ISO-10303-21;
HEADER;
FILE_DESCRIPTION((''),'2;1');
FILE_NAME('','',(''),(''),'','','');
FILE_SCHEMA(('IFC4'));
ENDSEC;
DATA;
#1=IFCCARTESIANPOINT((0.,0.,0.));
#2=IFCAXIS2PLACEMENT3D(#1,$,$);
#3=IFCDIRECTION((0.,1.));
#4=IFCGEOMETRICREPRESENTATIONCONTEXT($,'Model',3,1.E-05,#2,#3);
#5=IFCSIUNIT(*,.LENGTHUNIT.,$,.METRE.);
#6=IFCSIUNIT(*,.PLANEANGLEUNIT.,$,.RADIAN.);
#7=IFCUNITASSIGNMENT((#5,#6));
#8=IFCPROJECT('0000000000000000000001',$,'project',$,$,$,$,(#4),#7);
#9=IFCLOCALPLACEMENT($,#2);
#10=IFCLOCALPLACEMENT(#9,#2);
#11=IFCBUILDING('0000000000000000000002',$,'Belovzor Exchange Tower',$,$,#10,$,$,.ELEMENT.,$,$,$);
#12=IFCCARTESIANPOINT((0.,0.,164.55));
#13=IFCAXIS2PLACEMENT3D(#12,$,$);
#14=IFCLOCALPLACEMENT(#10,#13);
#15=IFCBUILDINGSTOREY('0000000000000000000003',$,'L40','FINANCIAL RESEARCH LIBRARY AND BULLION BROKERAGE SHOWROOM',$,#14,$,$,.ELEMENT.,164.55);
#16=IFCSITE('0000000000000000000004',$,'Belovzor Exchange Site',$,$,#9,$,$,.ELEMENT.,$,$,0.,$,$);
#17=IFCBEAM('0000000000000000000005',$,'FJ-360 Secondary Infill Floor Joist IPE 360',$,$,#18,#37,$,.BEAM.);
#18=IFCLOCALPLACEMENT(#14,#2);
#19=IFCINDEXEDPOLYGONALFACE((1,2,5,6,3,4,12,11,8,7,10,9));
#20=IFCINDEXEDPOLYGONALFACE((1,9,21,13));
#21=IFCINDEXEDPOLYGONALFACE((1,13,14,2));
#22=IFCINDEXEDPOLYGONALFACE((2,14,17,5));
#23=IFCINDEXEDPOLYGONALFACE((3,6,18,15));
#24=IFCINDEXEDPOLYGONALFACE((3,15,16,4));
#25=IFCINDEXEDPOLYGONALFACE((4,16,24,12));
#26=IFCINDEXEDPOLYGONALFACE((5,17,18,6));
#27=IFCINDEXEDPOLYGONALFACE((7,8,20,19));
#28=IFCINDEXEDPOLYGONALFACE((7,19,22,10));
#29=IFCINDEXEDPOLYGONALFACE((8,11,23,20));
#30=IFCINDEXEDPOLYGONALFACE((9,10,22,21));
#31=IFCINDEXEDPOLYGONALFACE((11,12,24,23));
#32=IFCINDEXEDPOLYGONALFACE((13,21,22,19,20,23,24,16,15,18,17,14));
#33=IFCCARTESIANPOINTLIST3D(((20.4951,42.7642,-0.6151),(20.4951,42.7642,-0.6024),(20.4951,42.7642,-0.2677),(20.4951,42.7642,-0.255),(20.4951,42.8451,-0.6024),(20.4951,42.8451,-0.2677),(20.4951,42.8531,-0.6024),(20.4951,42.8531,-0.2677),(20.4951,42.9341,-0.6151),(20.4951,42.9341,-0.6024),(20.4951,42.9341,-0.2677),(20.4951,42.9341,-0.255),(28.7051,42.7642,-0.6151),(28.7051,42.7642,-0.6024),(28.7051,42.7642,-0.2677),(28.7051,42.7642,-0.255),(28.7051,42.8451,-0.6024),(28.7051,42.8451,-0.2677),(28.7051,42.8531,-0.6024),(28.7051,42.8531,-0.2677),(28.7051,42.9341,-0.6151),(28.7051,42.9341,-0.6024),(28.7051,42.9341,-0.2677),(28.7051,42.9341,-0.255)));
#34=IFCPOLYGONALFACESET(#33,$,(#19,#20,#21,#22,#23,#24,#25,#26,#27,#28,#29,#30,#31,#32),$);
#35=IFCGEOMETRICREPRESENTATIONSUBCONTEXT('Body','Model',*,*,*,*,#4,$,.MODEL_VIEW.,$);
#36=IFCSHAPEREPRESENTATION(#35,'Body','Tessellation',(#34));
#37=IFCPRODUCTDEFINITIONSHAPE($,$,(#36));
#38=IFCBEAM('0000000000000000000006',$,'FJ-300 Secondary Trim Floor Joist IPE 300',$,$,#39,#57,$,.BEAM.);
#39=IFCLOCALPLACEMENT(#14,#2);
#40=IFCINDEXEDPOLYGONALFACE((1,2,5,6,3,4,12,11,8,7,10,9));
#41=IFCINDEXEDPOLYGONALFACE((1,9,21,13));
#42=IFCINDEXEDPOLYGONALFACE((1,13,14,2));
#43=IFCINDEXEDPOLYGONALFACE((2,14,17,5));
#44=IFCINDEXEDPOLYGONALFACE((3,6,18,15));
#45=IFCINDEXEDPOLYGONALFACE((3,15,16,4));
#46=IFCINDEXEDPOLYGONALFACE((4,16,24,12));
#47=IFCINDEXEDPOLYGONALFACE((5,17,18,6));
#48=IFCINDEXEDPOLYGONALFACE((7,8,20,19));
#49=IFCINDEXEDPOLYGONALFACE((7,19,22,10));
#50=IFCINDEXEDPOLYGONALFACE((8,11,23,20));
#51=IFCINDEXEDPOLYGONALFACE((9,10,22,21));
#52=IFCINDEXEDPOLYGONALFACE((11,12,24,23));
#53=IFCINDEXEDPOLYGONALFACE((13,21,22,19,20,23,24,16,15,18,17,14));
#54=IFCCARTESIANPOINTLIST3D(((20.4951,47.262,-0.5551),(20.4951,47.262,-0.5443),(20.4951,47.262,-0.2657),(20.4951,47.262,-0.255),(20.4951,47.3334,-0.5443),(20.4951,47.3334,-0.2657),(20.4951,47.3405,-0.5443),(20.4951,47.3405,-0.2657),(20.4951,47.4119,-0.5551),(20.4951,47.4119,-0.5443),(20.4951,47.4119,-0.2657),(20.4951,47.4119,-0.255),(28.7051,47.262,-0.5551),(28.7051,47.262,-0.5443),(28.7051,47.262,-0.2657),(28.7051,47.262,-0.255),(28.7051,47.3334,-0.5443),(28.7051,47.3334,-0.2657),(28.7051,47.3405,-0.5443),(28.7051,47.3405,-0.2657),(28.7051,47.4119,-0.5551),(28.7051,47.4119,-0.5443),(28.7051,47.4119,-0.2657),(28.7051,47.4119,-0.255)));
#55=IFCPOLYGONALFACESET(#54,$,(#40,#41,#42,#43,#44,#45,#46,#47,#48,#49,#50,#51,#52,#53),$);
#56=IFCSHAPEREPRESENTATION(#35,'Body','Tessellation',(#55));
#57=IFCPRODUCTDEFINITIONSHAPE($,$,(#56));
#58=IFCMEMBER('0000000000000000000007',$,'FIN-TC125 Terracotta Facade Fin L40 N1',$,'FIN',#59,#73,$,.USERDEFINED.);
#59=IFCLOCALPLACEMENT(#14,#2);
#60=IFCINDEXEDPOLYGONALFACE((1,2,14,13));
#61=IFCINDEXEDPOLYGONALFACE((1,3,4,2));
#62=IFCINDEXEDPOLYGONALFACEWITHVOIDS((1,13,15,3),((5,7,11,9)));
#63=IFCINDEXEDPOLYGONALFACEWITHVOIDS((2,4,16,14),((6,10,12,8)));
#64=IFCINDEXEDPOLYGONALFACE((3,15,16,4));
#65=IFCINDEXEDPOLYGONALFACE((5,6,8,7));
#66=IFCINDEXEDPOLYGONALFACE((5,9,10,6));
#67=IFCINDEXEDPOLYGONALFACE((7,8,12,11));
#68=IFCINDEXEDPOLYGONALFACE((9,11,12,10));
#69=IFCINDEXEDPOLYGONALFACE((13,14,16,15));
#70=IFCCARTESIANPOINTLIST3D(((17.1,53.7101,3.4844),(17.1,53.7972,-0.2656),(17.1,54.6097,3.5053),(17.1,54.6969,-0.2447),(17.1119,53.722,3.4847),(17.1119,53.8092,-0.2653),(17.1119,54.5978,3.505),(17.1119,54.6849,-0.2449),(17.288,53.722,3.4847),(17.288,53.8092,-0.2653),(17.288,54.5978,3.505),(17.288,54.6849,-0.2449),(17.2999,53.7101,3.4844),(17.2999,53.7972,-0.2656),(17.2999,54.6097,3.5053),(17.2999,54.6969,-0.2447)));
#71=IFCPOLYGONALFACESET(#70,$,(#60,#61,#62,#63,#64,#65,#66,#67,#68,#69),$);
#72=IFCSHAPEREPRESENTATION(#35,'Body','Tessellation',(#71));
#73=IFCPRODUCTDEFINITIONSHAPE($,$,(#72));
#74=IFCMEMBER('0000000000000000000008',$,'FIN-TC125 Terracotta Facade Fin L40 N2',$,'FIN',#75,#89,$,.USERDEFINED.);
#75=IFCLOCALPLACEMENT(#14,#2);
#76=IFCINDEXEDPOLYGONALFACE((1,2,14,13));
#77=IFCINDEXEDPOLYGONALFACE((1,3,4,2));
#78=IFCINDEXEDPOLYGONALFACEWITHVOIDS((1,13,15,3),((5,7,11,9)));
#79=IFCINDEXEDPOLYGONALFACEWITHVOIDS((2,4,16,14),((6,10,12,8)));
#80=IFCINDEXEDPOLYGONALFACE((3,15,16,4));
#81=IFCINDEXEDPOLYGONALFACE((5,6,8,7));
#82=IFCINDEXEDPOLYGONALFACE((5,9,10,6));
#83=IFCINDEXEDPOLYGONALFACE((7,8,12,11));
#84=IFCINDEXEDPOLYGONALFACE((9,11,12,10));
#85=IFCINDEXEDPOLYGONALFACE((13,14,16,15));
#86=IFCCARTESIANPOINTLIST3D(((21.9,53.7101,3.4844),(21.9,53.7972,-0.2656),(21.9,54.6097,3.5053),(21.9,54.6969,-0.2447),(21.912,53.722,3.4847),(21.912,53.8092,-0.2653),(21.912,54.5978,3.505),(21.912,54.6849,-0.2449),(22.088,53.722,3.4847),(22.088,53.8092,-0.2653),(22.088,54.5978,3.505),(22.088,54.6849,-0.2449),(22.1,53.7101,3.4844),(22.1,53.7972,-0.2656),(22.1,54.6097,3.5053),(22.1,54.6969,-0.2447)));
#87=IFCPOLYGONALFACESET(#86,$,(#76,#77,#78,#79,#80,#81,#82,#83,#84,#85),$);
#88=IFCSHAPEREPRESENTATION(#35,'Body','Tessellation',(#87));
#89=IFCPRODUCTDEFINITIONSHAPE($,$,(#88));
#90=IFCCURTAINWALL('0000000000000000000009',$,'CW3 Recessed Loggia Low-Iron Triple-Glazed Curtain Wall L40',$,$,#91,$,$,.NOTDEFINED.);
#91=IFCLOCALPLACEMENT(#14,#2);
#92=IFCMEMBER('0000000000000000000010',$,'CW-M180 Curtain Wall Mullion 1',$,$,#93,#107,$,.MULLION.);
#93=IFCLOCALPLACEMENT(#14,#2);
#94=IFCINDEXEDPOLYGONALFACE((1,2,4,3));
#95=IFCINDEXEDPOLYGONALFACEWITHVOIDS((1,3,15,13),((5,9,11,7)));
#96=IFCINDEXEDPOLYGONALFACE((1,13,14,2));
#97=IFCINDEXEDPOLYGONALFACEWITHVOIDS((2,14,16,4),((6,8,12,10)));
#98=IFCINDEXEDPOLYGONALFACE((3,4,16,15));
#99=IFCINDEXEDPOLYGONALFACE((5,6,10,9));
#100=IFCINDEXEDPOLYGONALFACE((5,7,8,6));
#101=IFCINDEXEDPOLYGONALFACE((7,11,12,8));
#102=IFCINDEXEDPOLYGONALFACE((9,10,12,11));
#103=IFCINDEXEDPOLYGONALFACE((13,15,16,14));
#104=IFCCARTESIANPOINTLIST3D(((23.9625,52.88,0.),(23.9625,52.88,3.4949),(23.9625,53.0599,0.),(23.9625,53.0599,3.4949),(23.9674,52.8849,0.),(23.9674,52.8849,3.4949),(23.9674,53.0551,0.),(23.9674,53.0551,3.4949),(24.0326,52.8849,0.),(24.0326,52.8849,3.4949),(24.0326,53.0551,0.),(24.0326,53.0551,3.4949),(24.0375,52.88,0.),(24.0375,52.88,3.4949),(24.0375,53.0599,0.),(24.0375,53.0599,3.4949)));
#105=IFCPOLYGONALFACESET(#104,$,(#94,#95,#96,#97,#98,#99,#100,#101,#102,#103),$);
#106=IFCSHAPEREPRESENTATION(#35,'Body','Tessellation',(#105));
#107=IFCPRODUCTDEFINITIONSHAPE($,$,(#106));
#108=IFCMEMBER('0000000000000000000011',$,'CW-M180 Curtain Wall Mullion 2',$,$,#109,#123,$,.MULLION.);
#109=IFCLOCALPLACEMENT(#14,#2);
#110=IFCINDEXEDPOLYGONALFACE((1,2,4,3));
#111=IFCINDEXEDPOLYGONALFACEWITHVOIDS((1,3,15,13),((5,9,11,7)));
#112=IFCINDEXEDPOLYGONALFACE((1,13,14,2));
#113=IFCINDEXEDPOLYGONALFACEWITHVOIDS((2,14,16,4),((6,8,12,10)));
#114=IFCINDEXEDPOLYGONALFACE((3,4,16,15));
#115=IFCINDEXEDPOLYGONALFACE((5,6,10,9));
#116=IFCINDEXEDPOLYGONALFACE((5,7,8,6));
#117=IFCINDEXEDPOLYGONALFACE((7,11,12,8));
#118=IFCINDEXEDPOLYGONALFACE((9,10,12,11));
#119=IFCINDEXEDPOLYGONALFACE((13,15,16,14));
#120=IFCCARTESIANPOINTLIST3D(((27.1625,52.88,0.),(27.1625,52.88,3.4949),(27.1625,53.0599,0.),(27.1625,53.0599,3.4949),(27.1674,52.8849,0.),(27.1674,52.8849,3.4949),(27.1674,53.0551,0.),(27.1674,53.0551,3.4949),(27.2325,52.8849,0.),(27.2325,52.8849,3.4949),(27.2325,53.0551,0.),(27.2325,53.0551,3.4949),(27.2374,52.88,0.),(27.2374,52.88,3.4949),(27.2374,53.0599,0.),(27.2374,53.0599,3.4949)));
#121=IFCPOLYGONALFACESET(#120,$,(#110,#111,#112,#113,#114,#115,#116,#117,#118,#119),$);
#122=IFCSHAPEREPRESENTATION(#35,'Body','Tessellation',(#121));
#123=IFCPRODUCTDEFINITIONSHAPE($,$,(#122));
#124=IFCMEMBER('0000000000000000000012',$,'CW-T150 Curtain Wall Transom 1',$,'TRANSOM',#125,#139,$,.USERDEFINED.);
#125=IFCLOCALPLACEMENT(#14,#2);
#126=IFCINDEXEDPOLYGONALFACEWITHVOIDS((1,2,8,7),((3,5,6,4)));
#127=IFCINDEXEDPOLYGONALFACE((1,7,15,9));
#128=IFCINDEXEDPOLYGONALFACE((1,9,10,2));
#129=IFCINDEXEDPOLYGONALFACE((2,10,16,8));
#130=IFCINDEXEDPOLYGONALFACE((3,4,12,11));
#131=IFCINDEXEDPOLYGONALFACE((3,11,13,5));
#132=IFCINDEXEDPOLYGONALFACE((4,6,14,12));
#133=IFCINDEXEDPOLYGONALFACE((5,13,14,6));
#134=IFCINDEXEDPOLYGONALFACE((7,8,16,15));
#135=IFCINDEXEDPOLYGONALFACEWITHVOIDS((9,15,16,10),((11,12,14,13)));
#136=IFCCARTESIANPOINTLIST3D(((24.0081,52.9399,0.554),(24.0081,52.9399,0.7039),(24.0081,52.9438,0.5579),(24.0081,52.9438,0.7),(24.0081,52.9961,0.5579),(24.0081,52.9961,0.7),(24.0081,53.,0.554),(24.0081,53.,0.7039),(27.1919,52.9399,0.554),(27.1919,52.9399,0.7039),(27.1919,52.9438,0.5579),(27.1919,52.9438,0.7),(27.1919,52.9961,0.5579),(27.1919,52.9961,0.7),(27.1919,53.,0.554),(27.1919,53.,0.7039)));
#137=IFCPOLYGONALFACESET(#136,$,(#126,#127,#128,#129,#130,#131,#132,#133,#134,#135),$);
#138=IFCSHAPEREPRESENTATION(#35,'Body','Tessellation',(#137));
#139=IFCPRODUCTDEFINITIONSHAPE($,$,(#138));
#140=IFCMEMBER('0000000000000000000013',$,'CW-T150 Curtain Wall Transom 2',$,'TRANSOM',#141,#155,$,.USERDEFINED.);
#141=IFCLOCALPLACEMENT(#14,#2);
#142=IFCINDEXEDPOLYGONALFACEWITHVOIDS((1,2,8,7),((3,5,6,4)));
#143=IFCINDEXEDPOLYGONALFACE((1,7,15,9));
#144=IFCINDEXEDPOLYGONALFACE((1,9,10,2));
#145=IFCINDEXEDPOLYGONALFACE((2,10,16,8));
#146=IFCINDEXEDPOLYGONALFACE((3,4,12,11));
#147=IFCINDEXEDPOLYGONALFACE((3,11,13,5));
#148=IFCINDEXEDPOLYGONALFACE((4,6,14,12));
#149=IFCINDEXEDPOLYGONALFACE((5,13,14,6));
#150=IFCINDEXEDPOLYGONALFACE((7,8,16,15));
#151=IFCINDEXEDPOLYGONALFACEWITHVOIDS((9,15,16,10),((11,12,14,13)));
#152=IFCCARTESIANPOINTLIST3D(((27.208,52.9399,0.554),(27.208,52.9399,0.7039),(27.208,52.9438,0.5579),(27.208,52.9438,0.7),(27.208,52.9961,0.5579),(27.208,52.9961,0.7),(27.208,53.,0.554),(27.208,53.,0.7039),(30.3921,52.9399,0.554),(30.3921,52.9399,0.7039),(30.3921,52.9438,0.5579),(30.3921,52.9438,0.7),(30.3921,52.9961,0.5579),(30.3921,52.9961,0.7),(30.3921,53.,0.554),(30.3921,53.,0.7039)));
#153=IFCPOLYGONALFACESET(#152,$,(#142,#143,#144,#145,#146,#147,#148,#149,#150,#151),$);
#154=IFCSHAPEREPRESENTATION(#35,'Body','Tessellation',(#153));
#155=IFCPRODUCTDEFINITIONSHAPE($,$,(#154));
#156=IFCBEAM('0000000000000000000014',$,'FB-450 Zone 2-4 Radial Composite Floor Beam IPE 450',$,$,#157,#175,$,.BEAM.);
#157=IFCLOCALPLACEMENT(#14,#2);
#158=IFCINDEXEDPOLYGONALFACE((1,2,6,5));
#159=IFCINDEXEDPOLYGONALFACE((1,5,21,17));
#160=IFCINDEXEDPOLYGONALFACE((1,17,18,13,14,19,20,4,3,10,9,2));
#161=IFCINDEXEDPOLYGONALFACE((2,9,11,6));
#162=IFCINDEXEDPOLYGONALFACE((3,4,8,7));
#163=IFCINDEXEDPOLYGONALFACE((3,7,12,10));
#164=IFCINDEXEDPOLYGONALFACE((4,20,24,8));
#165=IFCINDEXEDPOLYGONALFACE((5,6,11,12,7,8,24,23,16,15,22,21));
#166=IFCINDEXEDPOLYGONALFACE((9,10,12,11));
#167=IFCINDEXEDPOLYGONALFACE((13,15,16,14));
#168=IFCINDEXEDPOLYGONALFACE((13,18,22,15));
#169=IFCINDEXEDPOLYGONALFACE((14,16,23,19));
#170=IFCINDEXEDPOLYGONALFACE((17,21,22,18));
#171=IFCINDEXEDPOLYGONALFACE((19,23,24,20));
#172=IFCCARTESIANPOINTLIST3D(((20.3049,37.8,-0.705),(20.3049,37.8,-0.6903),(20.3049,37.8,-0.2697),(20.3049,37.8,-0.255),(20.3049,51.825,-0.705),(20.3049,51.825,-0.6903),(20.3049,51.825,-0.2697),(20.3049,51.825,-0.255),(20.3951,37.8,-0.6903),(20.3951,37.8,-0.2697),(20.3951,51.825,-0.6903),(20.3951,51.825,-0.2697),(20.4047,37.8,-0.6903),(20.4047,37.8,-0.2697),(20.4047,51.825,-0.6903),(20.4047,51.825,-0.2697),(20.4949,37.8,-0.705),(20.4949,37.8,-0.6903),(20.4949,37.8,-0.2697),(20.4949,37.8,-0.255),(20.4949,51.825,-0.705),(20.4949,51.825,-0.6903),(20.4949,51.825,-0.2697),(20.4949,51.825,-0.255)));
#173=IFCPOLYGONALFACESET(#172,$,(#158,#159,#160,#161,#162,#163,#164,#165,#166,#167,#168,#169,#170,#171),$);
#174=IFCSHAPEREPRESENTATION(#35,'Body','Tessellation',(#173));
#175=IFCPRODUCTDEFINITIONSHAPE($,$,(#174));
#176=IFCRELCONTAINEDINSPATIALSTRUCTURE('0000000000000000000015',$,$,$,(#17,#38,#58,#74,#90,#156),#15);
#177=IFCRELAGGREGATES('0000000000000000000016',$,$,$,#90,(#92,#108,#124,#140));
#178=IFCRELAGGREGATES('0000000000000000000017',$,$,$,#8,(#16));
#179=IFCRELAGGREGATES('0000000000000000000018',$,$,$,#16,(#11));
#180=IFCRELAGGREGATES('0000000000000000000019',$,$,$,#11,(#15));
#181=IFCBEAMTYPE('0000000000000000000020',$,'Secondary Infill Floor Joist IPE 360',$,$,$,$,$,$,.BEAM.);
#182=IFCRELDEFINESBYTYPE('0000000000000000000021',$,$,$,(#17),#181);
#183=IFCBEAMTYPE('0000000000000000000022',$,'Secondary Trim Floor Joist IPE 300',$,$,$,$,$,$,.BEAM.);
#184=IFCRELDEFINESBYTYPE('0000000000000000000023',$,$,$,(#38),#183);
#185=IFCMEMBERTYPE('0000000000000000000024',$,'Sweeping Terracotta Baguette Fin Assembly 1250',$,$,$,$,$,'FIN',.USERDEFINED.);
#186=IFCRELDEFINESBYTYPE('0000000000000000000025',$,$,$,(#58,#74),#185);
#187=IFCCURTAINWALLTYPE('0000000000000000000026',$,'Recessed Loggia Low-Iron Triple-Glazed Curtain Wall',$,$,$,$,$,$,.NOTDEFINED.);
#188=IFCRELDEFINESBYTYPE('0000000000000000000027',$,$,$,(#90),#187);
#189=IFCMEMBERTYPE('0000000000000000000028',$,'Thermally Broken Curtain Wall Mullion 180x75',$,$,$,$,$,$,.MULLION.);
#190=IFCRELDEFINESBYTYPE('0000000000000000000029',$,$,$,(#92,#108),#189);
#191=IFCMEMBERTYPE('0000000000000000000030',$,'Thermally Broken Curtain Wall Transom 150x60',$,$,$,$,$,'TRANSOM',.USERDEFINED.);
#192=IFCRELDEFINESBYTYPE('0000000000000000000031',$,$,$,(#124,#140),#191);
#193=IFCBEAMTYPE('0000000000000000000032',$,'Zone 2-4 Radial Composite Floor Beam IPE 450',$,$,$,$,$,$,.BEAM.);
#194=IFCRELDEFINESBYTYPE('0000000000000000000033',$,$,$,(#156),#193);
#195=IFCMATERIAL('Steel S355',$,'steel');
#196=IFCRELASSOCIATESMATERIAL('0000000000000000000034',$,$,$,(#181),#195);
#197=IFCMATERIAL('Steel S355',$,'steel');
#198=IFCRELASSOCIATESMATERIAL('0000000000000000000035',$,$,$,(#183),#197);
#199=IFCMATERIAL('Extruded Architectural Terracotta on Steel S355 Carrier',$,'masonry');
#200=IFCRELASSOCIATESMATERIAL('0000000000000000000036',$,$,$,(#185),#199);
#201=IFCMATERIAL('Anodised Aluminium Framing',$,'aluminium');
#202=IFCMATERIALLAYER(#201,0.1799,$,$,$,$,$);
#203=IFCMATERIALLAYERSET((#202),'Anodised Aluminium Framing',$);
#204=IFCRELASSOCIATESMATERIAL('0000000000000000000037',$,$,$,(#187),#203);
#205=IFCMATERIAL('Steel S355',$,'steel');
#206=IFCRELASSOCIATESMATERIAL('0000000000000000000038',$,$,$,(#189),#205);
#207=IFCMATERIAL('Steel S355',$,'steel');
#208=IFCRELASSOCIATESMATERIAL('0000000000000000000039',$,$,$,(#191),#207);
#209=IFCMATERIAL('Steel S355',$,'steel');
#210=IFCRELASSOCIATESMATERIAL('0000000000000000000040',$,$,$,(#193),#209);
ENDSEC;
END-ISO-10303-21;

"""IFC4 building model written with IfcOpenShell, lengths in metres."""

from ifc_helpers import new_model, si_unit, direction, frame, origin, origin_2d, place, context, subcontext, project, spatial, hollow_rectangle, i_section, extrude, material, layer, layer_set, material_profile, profile_set, type_object, element, aggregate, save


model = new_model("IFC4")

# Units and contexts
model_context = context("Model", 3, precision=1e-05, world=origin(), true_north=direction((0.0, 1.0)))
body_context = subcontext(model_context, "Body", "Model", "MODEL_VIEW")
ifc_project = project(units=[si_unit("LENGTHUNIT", "METRE"), si_unit("PLANEANGLEUNIT", "RADIAN")], contexts=[model_context])

# Site, building, storey
site_placement = place(None, origin())
site = spatial("IfcSite", under=ifc_project, at=site_placement, Name="Belovzor Exchange Site", CompositionType="ELEMENT", RefElevation=0.0)
building_placement = place(site_placement, origin())
building = spatial("IfcBuilding", under=site, at=building_placement, Name="Belovzor Exchange Tower", CompositionType="ELEMENT")
storey_placement = place(building_placement, frame((0.0, 0.0, 164.55)))
storey = spatial("IfcBuildingStorey", under=building, at=storey_placement, Name="L40", Description="FINANCIAL RESEARCH LIBRARY AND BULLION BROKERAGE SHOWROOM", CompositionType="ELEMENT", Elevation=164.55)

# Beams
ifc_material_1 = material(Name="Steel S355", Category="steel")
ifc_material_profile_1 = material_profile(ifc_material_1, i_section(OverallWidth=0.1699, OverallDepth=0.3601, WebThickness=0.0081, FlangeThickness=0.0127, at=origin_2d()))
ifc_profile_set_1 = profile_set([ifc_material_profile_1], Name="Steel S355")
beam_type_1 = type_object("IfcBeamType", Name="Secondary Infill Floor Joist IPE 360", PredefinedType="BEAM", material=ifc_profile_set_1)
beam_1_placement = place(storey_placement, frame((20.4951, 42.8491, -0.4351), z_axis=(1.0, 0.0, 0.0), x_axis=(0.0, 1.0, 0.0)))
element("IfcBeam", 1, at=beam_1_placement, inside=storey, type_object=beam_type_1, Name="FJ-360 Secondary Infill Floor Joist IPE 360", PredefinedType="BEAM", context=body_context, shape_type="SweptSolid", body=[
    extrude(i_section(OverallWidth=0.1699, OverallDepth=0.3601, WebThickness=0.0081, FlangeThickness=0.0127, at=origin_2d()), origin(), (0.0, 0.0, 1.0), 8.21),
])
ifc_material_2 = material(Name="Steel S355", Category="steel")
ifc_material_profile_2 = material_profile(ifc_material_2, i_section(OverallWidth=0.1499, OverallDepth=0.3, WebThickness=0.0071, FlangeThickness=0.0107, at=origin_2d()))
ifc_profile_set_2 = profile_set([ifc_material_profile_2], Name="Steel S355")
beam_type_2 = type_object("IfcBeamType", Name="Secondary Trim Floor Joist IPE 300", PredefinedType="BEAM", material=ifc_profile_set_2)
beam_2_placement = place(storey_placement, frame((20.4951, 47.3369, -0.405), z_axis=(1.0, 0.0, 0.0), x_axis=(0.0, 1.0, 0.0)))
element("IfcBeam", 2, at=beam_2_placement, inside=storey, type_object=beam_type_2, Name="FJ-300 Secondary Trim Floor Joist IPE 300", PredefinedType="BEAM", context=body_context, shape_type="SweptSolid", body=[
    extrude(i_section(OverallWidth=0.1499, OverallDepth=0.3, WebThickness=0.0071, FlangeThickness=0.0107, at=origin_2d()), origin(), (0.0, 0.0, 1.0), 8.21),
])

# Members
ifc_material_3 = material(Name="Extruded Architectural Terracotta on Steel S355 Carrier", Category="masonry")
ifc_material_profile_3 = material_profile(ifc_material_3, hollow_rectangle(XDim=0.2, YDim=0.8999, WallThickness=0.012, at=origin_2d()))
ifc_profile_set_3 = profile_set([ifc_material_profile_3], Name="Extruded Architectural Terracotta on Steel S355 Carrier")
member_type_1 = type_object("IfcMemberType", Name="Sweeping Terracotta Baguette Fin Assembly 1250", ElementType="FIN", PredefinedType="USERDEFINED", material=ifc_profile_set_3)
for number, where, z_axis, x_axis, name in (
    (3, (17.2, 54.2471, -0.2551), (0.0, -0.023236, 0.99973), (1.0, 0.0, 0.0), "FIN-TC125 Terracotta Facade Fin L40 N1"),
    (4, (22.0, 54.2471, -0.2551), (0.0, -0.023236, 0.99973), (1.0, 0.0, 0.0), "FIN-TC125 Terracotta Facade Fin L40 N2"),
):
    element("IfcMember", number, at=place(storey_placement, frame(where, z_axis=z_axis, x_axis=x_axis)), inside=storey, type_object=member_type_1, Name=name, ObjectType="FIN", PredefinedType="USERDEFINED", context=body_context, shape_type="SweptSolid", body=[
        extrude(hollow_rectangle(XDim=0.2, YDim=0.8999, WallThickness=0.012, at=origin_2d()), origin(), (0.0, 0.0, 1.0), 3.751),
    ])

# Curtain wall, members
ifc_material_4 = material(Name="Anodised Aluminium Framing", Category="aluminium")
ifc_layer_1 = layer(ifc_material_4, 0.1799)
ifc_layer_set_1 = layer_set([ifc_layer_1], Name="Anodised Aluminium Framing")
curtain_wall_type = type_object("IfcCurtainWallType", Name="Recessed Loggia Low-Iron Triple-Glazed Curtain Wall", PredefinedType="NOTDEFINED", material=ifc_layer_set_1)
curtain_wall_placement = place(storey_placement, origin())
curtain_wall = element("IfcCurtainWall", 5, at=curtain_wall_placement, inside=storey, type_object=curtain_wall_type, Name="CW3 Recessed Loggia Low-Iron Triple-Glazed Curtain Wall L40", PredefinedType="NOTDEFINED")
ifc_material_5 = material(Name="Steel S355", Category="steel")
ifc_material_profile_4 = material_profile(ifc_material_5, hollow_rectangle(XDim=0.075, YDim=0.1799, WallThickness=0.0049, at=origin_2d()))
ifc_profile_set_4 = profile_set([ifc_material_profile_4], Name="Steel S355")
member_type_2 = type_object("IfcMemberType", Name="Thermally Broken Curtain Wall Mullion 180x75", PredefinedType="MULLION", material=ifc_profile_set_4)
member_1_placement = place(storey_placement, frame((24.0, 52.97, 0.0), z_axis=(0.0, 0.0, 1.0), x_axis=(1.0, 0.0, 0.0)))
member_1 = element("IfcMember", 6, at=member_1_placement, type_object=member_type_2, Name="CW-M180 Curtain Wall Mullion 1", PredefinedType="MULLION", context=body_context, shape_type="SweptSolid", body=[
    extrude(hollow_rectangle(XDim=0.075, YDim=0.1799, WallThickness=0.0049, at=origin_2d()), origin(), (0.0, 0.0, 1.0), 3.4949),
])
member_2_placement = place(storey_placement, frame((27.2, 52.97, 0.0), z_axis=(0.0, 0.0, 1.0), x_axis=(1.0, 0.0, 0.0)))
member_2 = element("IfcMember", 7, at=member_2_placement, type_object=member_type_2, Name="CW-M180 Curtain Wall Mullion 2", PredefinedType="MULLION", context=body_context, shape_type="SweptSolid", body=[
    extrude(hollow_rectangle(XDim=0.075, YDim=0.1799, WallThickness=0.0049, at=origin_2d()), origin(), (0.0, 0.0, 1.0), 3.4949),
])
ifc_material_6 = material(Name="Steel S355", Category="steel")
ifc_material_profile_5 = material_profile(ifc_material_6, hollow_rectangle(XDim=0.0601, YDim=0.1499, WallThickness=0.0039, at=origin_2d()))
ifc_profile_set_5 = profile_set([ifc_material_profile_5], Name="Steel S355")
member_type_3 = type_object("IfcMemberType", Name="Thermally Broken Curtain Wall Transom 150x60", ElementType="TRANSOM", PredefinedType="USERDEFINED", material=ifc_profile_set_5)
member_3_placement = place(storey_placement, frame((24.0081, 52.97, 0.6289), z_axis=(1.0, 0.0, 0.0), x_axis=(0.0, 1.0, 0.0)))
member_3 = element("IfcMember", 8, at=member_3_placement, type_object=member_type_3, Name="CW-T150 Curtain Wall Transom 1", ObjectType="TRANSOM", PredefinedType="USERDEFINED", context=body_context, shape_type="SweptSolid", body=[
    extrude(hollow_rectangle(XDim=0.0601, YDim=0.1499, WallThickness=0.0039, at=origin_2d()), origin(), (0.0, 0.0, 1.0), 3.1838),
])
member_4_placement = place(storey_placement, frame((27.208, 52.97, 0.6289), z_axis=(1.0, 0.0, 0.0), x_axis=(0.0, 1.0, 0.0)))
member_4 = element("IfcMember", 9, at=member_4_placement, type_object=member_type_3, Name="CW-T150 Curtain Wall Transom 2", ObjectType="TRANSOM", PredefinedType="USERDEFINED", context=body_context, shape_type="SweptSolid", body=[
    extrude(hollow_rectangle(XDim=0.0601, YDim=0.1499, WallThickness=0.0039, at=origin_2d()), origin(), (0.0, 0.0, 1.0), 3.1841),
])

# Beam
ifc_material_7 = material(Name="Steel S355", Category="steel")
ifc_material_profile_6 = material_profile(ifc_material_7, i_section(OverallWidth=0.1899, OverallDepth=0.45, WebThickness=0.0095, FlangeThickness=0.0146, at=origin_2d()))
ifc_profile_set_6 = profile_set([ifc_material_profile_6], Name="Steel S355")
beam_type_3 = type_object("IfcBeamType", Name="Zone 2-4 Radial Composite Floor Beam IPE 450", PredefinedType="BEAM", material=ifc_profile_set_6)
beam_3_placement = place(storey_placement, frame((20.3999, 37.8, -0.48), z_axis=(0.0, 1.0, 0.0), x_axis=(-1.0, 0.0, 0.0)))
element("IfcBeam", 10, at=beam_3_placement, inside=storey, type_object=beam_type_3, Name="FB-450 Zone 2-4 Radial Composite Floor Beam IPE 450", PredefinedType="BEAM", context=body_context, shape_type="SweptSolid", body=[
    extrude(i_section(OverallWidth=0.1899, OverallDepth=0.45, WebThickness=0.0095, FlangeThickness=0.0146, at=origin_2d()), origin(), (0.0, 0.0, 1.0), 14.0249),
])

aggregate(curtain_wall, [member_1, member_2, member_3, member_4])

save(model, "model.ifc")
